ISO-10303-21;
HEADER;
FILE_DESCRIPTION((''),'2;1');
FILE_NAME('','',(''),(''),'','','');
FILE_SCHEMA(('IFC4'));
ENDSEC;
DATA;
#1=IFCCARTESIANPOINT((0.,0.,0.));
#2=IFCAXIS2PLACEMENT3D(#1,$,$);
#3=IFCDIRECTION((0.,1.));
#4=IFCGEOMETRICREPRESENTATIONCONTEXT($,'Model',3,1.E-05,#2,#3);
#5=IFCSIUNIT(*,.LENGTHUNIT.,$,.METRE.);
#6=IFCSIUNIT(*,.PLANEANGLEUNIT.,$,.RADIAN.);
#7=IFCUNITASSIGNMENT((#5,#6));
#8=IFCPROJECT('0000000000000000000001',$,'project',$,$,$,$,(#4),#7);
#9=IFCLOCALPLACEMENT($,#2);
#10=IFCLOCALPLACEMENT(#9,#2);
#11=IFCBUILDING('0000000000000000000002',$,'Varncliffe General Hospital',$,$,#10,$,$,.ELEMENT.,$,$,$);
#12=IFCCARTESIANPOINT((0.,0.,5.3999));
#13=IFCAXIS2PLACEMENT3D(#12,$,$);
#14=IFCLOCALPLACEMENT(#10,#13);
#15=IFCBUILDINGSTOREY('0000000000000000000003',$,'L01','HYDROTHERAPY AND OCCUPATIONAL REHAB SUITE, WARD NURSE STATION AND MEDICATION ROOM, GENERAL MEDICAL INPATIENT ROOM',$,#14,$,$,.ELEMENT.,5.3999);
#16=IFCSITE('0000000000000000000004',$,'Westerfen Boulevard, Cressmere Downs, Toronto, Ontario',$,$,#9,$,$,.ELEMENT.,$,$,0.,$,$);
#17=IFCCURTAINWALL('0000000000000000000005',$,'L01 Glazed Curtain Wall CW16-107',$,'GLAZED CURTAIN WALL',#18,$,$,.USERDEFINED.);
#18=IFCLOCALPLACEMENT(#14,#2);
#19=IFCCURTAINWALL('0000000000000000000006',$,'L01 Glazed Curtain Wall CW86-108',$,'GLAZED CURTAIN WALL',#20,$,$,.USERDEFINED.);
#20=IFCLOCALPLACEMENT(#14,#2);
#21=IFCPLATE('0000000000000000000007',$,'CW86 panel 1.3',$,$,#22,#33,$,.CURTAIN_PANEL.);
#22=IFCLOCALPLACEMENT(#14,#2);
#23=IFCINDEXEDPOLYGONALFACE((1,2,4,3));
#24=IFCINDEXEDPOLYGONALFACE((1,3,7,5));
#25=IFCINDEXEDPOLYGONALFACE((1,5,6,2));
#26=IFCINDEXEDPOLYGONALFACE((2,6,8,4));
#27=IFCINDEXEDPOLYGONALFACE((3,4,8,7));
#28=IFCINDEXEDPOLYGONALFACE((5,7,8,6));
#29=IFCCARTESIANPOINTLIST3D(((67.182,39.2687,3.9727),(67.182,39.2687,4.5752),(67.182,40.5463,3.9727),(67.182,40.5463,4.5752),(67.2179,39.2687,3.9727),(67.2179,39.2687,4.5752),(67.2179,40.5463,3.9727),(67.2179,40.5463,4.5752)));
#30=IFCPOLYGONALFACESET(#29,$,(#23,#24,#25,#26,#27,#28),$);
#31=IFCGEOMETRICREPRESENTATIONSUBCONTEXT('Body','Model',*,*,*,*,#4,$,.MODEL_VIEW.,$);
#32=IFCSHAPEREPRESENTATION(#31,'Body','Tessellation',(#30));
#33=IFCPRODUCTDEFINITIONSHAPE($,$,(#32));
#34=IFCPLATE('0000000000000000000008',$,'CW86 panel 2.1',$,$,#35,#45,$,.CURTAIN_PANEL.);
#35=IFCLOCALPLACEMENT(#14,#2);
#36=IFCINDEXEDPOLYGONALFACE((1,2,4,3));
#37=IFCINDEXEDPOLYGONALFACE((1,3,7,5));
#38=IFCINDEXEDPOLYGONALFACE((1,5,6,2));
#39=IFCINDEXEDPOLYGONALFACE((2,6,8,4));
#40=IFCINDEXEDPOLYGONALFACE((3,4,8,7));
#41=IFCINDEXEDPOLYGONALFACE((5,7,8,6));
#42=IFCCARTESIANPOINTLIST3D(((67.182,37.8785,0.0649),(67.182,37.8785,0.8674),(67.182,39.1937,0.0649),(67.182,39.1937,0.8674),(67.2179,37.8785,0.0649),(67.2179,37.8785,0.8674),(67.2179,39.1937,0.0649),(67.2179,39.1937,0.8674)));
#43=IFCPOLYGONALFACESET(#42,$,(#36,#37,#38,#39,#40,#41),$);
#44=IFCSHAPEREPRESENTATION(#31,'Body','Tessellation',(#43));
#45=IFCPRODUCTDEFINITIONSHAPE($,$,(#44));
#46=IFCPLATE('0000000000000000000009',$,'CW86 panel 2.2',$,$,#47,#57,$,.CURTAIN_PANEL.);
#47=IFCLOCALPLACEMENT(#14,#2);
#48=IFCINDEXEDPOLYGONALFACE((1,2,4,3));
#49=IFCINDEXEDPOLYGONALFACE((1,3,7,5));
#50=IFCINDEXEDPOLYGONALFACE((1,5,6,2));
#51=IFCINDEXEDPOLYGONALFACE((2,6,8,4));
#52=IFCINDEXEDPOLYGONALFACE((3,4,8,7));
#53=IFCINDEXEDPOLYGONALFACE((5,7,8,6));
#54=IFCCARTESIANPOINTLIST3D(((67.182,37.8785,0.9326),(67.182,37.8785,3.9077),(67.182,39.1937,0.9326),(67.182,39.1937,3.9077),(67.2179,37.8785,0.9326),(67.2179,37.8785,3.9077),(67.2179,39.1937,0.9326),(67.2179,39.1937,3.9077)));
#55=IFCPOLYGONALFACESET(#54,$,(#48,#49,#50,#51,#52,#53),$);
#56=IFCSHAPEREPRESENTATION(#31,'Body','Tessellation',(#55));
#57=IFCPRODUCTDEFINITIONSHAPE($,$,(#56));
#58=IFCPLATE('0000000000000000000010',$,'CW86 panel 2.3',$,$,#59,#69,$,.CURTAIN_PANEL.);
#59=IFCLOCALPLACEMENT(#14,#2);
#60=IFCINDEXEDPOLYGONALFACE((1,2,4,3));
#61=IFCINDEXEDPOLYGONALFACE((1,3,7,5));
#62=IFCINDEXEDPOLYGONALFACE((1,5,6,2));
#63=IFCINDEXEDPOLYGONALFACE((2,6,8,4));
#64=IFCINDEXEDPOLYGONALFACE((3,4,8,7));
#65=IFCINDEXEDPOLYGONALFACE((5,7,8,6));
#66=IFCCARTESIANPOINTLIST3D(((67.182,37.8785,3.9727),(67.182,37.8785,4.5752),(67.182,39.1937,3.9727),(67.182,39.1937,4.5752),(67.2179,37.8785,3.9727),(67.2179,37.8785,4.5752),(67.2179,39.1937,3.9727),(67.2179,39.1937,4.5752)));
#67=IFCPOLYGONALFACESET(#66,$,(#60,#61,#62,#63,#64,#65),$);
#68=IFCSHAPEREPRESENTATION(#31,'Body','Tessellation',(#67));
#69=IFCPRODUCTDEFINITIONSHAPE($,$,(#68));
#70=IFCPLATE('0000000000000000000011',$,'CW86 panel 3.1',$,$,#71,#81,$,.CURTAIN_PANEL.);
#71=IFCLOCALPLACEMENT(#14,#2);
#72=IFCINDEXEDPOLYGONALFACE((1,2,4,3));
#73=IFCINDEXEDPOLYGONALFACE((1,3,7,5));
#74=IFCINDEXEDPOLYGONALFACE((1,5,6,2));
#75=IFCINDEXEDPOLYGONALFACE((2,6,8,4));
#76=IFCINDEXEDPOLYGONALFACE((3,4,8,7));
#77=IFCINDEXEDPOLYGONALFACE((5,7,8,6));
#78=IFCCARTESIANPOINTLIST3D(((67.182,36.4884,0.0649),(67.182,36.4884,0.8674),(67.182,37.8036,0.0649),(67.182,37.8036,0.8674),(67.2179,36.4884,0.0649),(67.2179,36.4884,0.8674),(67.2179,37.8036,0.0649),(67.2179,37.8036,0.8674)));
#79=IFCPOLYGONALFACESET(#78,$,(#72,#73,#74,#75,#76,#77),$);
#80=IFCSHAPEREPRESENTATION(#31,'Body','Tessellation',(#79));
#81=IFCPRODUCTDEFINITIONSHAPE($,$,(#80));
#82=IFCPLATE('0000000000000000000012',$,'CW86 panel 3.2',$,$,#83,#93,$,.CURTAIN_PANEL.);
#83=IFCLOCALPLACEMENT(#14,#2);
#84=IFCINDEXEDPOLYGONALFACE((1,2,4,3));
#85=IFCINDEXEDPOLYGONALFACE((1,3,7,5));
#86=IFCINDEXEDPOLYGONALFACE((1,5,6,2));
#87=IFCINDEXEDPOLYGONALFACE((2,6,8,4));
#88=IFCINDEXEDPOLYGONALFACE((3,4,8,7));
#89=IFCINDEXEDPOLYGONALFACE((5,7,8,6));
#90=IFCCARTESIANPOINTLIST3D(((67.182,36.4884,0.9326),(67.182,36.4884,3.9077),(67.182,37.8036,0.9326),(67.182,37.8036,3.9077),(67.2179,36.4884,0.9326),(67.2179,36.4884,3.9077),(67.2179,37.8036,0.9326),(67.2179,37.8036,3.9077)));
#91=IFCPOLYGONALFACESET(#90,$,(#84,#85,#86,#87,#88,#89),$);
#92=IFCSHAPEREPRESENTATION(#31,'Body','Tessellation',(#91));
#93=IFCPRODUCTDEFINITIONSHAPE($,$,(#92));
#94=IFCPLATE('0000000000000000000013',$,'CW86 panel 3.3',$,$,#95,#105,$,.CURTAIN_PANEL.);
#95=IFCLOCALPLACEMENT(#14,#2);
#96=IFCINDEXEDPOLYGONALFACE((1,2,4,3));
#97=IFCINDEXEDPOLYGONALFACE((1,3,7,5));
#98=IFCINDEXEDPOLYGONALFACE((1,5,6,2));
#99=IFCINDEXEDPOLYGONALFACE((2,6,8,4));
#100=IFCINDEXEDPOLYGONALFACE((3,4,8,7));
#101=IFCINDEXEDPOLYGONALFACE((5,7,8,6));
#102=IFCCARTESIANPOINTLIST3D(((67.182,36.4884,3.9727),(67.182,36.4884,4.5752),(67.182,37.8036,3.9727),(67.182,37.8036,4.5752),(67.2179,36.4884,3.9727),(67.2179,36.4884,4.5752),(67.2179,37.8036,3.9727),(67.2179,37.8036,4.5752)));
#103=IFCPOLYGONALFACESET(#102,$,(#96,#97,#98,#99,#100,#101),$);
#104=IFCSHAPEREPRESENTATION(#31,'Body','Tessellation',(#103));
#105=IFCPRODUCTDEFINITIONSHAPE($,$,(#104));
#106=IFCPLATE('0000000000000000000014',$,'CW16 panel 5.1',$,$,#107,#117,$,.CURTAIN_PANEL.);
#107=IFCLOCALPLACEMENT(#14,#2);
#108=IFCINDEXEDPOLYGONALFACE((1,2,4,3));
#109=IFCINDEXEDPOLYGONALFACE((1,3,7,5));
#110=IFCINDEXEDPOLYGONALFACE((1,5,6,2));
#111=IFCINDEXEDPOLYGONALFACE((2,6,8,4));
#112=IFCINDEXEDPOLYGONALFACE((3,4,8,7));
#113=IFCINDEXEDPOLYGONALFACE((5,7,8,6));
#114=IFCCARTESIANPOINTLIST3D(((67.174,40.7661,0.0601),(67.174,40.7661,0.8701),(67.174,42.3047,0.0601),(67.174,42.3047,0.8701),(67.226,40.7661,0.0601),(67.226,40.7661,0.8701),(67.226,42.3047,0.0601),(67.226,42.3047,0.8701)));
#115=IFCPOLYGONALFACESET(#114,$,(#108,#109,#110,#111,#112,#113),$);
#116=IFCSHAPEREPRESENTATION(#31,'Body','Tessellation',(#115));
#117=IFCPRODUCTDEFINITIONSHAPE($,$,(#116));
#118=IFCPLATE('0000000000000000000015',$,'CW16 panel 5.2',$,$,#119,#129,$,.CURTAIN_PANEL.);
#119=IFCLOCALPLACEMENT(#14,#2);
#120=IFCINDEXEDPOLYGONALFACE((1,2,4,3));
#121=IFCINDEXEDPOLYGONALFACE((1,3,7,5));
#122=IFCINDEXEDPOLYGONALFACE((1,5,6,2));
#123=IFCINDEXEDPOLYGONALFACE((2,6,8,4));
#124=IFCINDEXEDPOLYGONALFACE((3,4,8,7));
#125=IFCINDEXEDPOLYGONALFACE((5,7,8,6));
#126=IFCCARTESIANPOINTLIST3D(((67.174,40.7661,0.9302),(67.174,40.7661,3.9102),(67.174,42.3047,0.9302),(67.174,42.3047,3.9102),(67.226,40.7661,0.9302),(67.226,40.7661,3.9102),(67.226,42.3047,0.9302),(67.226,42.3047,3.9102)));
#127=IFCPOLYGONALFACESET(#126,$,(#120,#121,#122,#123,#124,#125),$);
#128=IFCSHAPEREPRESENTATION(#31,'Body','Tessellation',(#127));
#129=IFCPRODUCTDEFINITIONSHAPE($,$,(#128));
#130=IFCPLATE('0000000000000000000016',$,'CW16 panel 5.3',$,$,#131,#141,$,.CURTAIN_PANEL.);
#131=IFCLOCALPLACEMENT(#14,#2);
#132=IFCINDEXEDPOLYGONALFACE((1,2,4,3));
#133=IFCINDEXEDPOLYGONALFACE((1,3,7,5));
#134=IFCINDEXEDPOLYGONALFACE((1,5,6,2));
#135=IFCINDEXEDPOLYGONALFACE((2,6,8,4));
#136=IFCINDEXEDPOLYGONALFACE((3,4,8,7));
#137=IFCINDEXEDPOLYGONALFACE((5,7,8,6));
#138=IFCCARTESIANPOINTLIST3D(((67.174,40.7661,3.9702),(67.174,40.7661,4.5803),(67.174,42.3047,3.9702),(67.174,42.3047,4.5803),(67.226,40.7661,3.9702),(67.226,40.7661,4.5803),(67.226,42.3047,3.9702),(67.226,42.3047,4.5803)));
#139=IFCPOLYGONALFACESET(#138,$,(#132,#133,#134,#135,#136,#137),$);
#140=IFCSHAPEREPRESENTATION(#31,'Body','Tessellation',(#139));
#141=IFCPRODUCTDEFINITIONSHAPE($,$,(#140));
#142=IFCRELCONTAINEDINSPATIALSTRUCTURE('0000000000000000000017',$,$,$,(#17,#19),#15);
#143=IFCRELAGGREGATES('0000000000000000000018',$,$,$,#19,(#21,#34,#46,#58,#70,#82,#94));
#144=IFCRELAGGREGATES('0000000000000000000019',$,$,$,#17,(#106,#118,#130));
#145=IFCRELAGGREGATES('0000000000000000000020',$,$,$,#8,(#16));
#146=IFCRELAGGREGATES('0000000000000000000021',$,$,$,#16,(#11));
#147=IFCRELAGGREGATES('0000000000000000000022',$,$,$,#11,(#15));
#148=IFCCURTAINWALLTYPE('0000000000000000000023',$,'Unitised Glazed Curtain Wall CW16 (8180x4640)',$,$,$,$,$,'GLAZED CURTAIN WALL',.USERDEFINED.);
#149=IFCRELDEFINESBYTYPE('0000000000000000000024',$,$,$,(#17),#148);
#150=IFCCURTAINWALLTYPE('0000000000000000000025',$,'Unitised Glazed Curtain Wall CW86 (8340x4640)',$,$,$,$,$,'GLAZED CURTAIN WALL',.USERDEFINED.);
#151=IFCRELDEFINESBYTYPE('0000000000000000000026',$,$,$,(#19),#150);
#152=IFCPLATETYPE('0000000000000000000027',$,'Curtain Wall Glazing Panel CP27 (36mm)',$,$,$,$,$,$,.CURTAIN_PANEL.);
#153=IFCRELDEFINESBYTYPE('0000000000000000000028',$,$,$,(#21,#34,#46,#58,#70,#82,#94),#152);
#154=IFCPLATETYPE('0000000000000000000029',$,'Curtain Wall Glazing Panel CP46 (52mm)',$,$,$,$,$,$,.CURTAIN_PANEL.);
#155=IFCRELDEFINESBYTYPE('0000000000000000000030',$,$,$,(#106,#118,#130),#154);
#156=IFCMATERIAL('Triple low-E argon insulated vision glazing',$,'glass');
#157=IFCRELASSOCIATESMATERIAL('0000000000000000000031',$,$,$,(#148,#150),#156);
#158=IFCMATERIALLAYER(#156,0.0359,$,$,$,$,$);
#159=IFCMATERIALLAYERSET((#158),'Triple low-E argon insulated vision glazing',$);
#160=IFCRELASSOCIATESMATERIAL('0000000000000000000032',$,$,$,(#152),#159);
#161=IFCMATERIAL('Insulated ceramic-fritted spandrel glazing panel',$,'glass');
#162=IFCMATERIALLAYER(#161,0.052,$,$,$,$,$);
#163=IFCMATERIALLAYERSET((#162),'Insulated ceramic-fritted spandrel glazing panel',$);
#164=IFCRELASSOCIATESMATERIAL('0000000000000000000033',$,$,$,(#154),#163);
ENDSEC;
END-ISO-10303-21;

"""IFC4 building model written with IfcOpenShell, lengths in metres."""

from ifc_helpers import new_model, si_unit, direction, frame, origin, origin_2d, place, context, subcontext, project, spatial, rectangle, extrude, material, layer, layer_set, type_object, element, aggregate, save


model = new_model("IFC4")

# Units and contexts
model_context = context("Model", 3, precision=1e-05, world=origin(), true_north=direction((0.0, 1.0)))
body_context = subcontext(model_context, "Body", "Model", "MODEL_VIEW")
ifc_project = project(units=[si_unit("LENGTHUNIT", "METRE"), si_unit("PLANEANGLEUNIT", "RADIAN")], contexts=[model_context])

# Site, building, storey
site_placement = place(None, origin())
site = spatial("IfcSite", under=ifc_project, at=site_placement, Name="Westerfen Boulevard, Cressmere Downs, Toronto, Ontario", CompositionType="ELEMENT", RefElevation=0.0)
building_placement = place(site_placement, origin())
building = spatial("IfcBuilding", under=site, at=building_placement, Name="Varncliffe General Hospital", CompositionType="ELEMENT")
storey_placement = place(building_placement, frame((0.0, 0.0, 5.3999)))
storey = spatial("IfcBuildingStorey", under=building, at=storey_placement, Name="L01", Description="HYDROTHERAPY AND OCCUPATIONAL REHAB SUITE, WARD NURSE STATION AND MEDICATION ROOM, GENERAL MEDICAL INPATIENT ROOM", CompositionType="ELEMENT", Elevation=5.3999)

# Curtain walls
ifc_material_1 = material(Name="Triple low-E argon insulated vision glazing", Category="glass")
curtain_wall_type_1 = type_object("IfcCurtainWallType", Name="Unitised Glazed Curtain Wall CW16 (8180x4640)", ElementType="GLAZED CURTAIN WALL", PredefinedType="USERDEFINED", material=ifc_material_1)
curtain_wall_1_placement = place(storey_placement, origin())
curtain_wall_1 = element("IfcCurtainWall", 1, at=curtain_wall_1_placement, inside=storey, type_object=curtain_wall_type_1, Name="L01 Glazed Curtain Wall CW16-107", ObjectType="GLAZED CURTAIN WALL", PredefinedType="USERDEFINED")
curtain_wall_type_2 = type_object("IfcCurtainWallType", Name="Unitised Glazed Curtain Wall CW86 (8340x4640)", ElementType="GLAZED CURTAIN WALL", PredefinedType="USERDEFINED", material=ifc_material_1)
curtain_wall_2_placement = place(storey_placement, origin())
curtain_wall_2 = element("IfcCurtainWall", 2, at=curtain_wall_2_placement, inside=storey, type_object=curtain_wall_type_2, Name="L01 Glazed Curtain Wall CW86-108", ObjectType="GLAZED CURTAIN WALL", PredefinedType="USERDEFINED")

# Plates
ifc_layer_1 = layer(ifc_material_1, 0.0359)
ifc_layer_set_1 = layer_set([ifc_layer_1], Name="Triple low-E argon insulated vision glazing")
plate_type_1 = type_object("IfcPlateType", Name="Curtain Wall Glazing Panel CP27 (36mm)", PredefinedType="CURTAIN_PANEL", material=ifc_layer_set_1)
plate_1_placement = place(storey_placement, frame((67.2, 39.9075, 3.9727), z_axis=(0.0, 0.0, 1.0), x_axis=(0.0, -1.0, 0.0)))
plate_1 = element("IfcPlate", 3, at=plate_1_placement, type_object=plate_type_1, Name="CW86 panel 1.3", PredefinedType="CURTAIN_PANEL", context=body_context, shape_type="SweptSolid", body=[
    extrude(rectangle(XDim=1.2776, YDim=0.0359, at=origin_2d()), origin(), (0.0, 0.0, 1.0), 0.6025),
])
plate_2_placement = place(storey_placement, frame((67.2, 38.5361, 0.0649), z_axis=(0.0, 0.0, 1.0), x_axis=(0.0, -1.0, 0.0)))
plate_2 = element("IfcPlate", 4, at=plate_2_placement, type_object=plate_type_1, Name="CW86 panel 2.1", PredefinedType="CURTAIN_PANEL", context=body_context, shape_type="SweptSolid", body=[
    extrude(rectangle(XDim=1.3152, YDim=0.0359, at=origin_2d()), origin(), (0.0, 0.0, 1.0), 0.8025),
])
plate_3_placement = place(storey_placement, frame((67.2, 38.5361, 0.9326), z_axis=(0.0, 0.0, 1.0), x_axis=(0.0, -1.0, 0.0)))
plate_3 = element("IfcPlate", 5, at=plate_3_placement, type_object=plate_type_1, Name="CW86 panel 2.2", PredefinedType="CURTAIN_PANEL", context=body_context, shape_type="SweptSolid", body=[
    extrude(rectangle(XDim=1.3152, YDim=0.0359, at=origin_2d()), origin(), (0.0, 0.0, 1.0), 2.9751),
])
plate_4_placement = place(storey_placement, frame((67.2, 38.5361, 3.9727), z_axis=(0.0, 0.0, 1.0), x_axis=(0.0, -1.0, 0.0)))
plate_4 = element("IfcPlate", 6, at=plate_4_placement, type_object=plate_type_1, Name="CW86 panel 2.3", PredefinedType="CURTAIN_PANEL", context=body_context, shape_type="SweptSolid", body=[
    extrude(rectangle(XDim=1.3152, YDim=0.0359, at=origin_2d()), origin(), (0.0, 0.0, 1.0), 0.6025),
])
plate_5_placement = place(storey_placement, frame((67.2, 37.146, 0.0649), z_axis=(0.0, 0.0, 1.0), x_axis=(0.0, -1.0, 0.0)))
plate_5 = element("IfcPlate", 7, at=plate_5_placement, type_object=plate_type_1, Name="CW86 panel 3.1", PredefinedType="CURTAIN_PANEL", context=body_context, shape_type="SweptSolid", body=[
    extrude(rectangle(XDim=1.3152, YDim=0.0359, at=origin_2d()), origin(), (0.0, 0.0, 1.0), 0.8025),
])
plate_6_placement = place(storey_placement, frame((67.2, 37.146, 0.9326), z_axis=(0.0, 0.0, 1.0), x_axis=(0.0, -1.0, 0.0)))
plate_6 = element("IfcPlate", 8, at=plate_6_placement, type_object=plate_type_1, Name="CW86 panel 3.2", PredefinedType="CURTAIN_PANEL", context=body_context, shape_type="SweptSolid", body=[
    extrude(rectangle(XDim=1.3152, YDim=0.0359, at=origin_2d()), origin(), (0.0, 0.0, 1.0), 2.9751),
])
plate_7_placement = place(storey_placement, frame((67.2, 37.146, 3.9727), z_axis=(0.0, 0.0, 1.0), x_axis=(0.0, -1.0, 0.0)))
plate_7 = element("IfcPlate", 9, at=plate_7_placement, type_object=plate_type_1, Name="CW86 panel 3.3", PredefinedType="CURTAIN_PANEL", context=body_context, shape_type="SweptSolid", body=[
    extrude(rectangle(XDim=1.3152, YDim=0.0359, at=origin_2d()), origin(), (0.0, 0.0, 1.0), 0.6025),
])
aggregate(curtain_wall_2, [plate_1, plate_2, plate_3, plate_4, plate_5, plate_6, plate_7])
ifc_material_2 = material(Name="Insulated ceramic-fritted spandrel glazing panel", Category="glass")
ifc_layer_2 = layer(ifc_material_2, 0.052)
ifc_layer_set_2 = layer_set([ifc_layer_2], Name="Insulated ceramic-fritted spandrel glazing panel")
plate_type_2 = type_object("IfcPlateType", Name="Curtain Wall Glazing Panel CP46 (52mm)", PredefinedType="CURTAIN_PANEL", material=ifc_layer_set_2)
plate_8_placement = place(storey_placement, frame((67.2, 41.5354, 0.0601), z_axis=(0.0, 0.0, 1.0), x_axis=(0.0, -1.0, 0.0)))
plate_8 = element("IfcPlate", 10, at=plate_8_placement, type_object=plate_type_2, Name="CW16 panel 5.1", PredefinedType="CURTAIN_PANEL", context=body_context, shape_type="SweptSolid", body=[
    extrude(rectangle(XDim=1.5386, YDim=0.052, at=origin_2d()), origin(), (0.0, 0.0, 1.0), 0.8101),
])
plate_9_placement = place(storey_placement, frame((67.2, 41.5354, 0.9302), z_axis=(0.0, 0.0, 1.0), x_axis=(0.0, -1.0, 0.0)))
plate_9 = element("IfcPlate", 11, at=plate_9_placement, type_object=plate_type_2, Name="CW16 panel 5.2", PredefinedType="CURTAIN_PANEL", context=body_context, shape_type="SweptSolid", body=[
    extrude(rectangle(XDim=1.5386, YDim=0.052, at=origin_2d()), origin(), (0.0, 0.0, 1.0), 2.98),
])
plate_10_placement = place(storey_placement, frame((67.2, 41.5354, 3.9702), z_axis=(0.0, 0.0, 1.0), x_axis=(0.0, -1.0, 0.0)))
plate_10 = element("IfcPlate", 12, at=plate_10_placement, type_object=plate_type_2, Name="CW16 panel 5.3", PredefinedType="CURTAIN_PANEL", context=body_context, shape_type="SweptSolid", body=[
    extrude(rectangle(XDim=1.5386, YDim=0.052, at=origin_2d()), origin(), (0.0, 0.0, 1.0), 0.6101),
])
aggregate(curtain_wall_1, [plate_8, plate_9, plate_10])

save(model, "model.ifc")
